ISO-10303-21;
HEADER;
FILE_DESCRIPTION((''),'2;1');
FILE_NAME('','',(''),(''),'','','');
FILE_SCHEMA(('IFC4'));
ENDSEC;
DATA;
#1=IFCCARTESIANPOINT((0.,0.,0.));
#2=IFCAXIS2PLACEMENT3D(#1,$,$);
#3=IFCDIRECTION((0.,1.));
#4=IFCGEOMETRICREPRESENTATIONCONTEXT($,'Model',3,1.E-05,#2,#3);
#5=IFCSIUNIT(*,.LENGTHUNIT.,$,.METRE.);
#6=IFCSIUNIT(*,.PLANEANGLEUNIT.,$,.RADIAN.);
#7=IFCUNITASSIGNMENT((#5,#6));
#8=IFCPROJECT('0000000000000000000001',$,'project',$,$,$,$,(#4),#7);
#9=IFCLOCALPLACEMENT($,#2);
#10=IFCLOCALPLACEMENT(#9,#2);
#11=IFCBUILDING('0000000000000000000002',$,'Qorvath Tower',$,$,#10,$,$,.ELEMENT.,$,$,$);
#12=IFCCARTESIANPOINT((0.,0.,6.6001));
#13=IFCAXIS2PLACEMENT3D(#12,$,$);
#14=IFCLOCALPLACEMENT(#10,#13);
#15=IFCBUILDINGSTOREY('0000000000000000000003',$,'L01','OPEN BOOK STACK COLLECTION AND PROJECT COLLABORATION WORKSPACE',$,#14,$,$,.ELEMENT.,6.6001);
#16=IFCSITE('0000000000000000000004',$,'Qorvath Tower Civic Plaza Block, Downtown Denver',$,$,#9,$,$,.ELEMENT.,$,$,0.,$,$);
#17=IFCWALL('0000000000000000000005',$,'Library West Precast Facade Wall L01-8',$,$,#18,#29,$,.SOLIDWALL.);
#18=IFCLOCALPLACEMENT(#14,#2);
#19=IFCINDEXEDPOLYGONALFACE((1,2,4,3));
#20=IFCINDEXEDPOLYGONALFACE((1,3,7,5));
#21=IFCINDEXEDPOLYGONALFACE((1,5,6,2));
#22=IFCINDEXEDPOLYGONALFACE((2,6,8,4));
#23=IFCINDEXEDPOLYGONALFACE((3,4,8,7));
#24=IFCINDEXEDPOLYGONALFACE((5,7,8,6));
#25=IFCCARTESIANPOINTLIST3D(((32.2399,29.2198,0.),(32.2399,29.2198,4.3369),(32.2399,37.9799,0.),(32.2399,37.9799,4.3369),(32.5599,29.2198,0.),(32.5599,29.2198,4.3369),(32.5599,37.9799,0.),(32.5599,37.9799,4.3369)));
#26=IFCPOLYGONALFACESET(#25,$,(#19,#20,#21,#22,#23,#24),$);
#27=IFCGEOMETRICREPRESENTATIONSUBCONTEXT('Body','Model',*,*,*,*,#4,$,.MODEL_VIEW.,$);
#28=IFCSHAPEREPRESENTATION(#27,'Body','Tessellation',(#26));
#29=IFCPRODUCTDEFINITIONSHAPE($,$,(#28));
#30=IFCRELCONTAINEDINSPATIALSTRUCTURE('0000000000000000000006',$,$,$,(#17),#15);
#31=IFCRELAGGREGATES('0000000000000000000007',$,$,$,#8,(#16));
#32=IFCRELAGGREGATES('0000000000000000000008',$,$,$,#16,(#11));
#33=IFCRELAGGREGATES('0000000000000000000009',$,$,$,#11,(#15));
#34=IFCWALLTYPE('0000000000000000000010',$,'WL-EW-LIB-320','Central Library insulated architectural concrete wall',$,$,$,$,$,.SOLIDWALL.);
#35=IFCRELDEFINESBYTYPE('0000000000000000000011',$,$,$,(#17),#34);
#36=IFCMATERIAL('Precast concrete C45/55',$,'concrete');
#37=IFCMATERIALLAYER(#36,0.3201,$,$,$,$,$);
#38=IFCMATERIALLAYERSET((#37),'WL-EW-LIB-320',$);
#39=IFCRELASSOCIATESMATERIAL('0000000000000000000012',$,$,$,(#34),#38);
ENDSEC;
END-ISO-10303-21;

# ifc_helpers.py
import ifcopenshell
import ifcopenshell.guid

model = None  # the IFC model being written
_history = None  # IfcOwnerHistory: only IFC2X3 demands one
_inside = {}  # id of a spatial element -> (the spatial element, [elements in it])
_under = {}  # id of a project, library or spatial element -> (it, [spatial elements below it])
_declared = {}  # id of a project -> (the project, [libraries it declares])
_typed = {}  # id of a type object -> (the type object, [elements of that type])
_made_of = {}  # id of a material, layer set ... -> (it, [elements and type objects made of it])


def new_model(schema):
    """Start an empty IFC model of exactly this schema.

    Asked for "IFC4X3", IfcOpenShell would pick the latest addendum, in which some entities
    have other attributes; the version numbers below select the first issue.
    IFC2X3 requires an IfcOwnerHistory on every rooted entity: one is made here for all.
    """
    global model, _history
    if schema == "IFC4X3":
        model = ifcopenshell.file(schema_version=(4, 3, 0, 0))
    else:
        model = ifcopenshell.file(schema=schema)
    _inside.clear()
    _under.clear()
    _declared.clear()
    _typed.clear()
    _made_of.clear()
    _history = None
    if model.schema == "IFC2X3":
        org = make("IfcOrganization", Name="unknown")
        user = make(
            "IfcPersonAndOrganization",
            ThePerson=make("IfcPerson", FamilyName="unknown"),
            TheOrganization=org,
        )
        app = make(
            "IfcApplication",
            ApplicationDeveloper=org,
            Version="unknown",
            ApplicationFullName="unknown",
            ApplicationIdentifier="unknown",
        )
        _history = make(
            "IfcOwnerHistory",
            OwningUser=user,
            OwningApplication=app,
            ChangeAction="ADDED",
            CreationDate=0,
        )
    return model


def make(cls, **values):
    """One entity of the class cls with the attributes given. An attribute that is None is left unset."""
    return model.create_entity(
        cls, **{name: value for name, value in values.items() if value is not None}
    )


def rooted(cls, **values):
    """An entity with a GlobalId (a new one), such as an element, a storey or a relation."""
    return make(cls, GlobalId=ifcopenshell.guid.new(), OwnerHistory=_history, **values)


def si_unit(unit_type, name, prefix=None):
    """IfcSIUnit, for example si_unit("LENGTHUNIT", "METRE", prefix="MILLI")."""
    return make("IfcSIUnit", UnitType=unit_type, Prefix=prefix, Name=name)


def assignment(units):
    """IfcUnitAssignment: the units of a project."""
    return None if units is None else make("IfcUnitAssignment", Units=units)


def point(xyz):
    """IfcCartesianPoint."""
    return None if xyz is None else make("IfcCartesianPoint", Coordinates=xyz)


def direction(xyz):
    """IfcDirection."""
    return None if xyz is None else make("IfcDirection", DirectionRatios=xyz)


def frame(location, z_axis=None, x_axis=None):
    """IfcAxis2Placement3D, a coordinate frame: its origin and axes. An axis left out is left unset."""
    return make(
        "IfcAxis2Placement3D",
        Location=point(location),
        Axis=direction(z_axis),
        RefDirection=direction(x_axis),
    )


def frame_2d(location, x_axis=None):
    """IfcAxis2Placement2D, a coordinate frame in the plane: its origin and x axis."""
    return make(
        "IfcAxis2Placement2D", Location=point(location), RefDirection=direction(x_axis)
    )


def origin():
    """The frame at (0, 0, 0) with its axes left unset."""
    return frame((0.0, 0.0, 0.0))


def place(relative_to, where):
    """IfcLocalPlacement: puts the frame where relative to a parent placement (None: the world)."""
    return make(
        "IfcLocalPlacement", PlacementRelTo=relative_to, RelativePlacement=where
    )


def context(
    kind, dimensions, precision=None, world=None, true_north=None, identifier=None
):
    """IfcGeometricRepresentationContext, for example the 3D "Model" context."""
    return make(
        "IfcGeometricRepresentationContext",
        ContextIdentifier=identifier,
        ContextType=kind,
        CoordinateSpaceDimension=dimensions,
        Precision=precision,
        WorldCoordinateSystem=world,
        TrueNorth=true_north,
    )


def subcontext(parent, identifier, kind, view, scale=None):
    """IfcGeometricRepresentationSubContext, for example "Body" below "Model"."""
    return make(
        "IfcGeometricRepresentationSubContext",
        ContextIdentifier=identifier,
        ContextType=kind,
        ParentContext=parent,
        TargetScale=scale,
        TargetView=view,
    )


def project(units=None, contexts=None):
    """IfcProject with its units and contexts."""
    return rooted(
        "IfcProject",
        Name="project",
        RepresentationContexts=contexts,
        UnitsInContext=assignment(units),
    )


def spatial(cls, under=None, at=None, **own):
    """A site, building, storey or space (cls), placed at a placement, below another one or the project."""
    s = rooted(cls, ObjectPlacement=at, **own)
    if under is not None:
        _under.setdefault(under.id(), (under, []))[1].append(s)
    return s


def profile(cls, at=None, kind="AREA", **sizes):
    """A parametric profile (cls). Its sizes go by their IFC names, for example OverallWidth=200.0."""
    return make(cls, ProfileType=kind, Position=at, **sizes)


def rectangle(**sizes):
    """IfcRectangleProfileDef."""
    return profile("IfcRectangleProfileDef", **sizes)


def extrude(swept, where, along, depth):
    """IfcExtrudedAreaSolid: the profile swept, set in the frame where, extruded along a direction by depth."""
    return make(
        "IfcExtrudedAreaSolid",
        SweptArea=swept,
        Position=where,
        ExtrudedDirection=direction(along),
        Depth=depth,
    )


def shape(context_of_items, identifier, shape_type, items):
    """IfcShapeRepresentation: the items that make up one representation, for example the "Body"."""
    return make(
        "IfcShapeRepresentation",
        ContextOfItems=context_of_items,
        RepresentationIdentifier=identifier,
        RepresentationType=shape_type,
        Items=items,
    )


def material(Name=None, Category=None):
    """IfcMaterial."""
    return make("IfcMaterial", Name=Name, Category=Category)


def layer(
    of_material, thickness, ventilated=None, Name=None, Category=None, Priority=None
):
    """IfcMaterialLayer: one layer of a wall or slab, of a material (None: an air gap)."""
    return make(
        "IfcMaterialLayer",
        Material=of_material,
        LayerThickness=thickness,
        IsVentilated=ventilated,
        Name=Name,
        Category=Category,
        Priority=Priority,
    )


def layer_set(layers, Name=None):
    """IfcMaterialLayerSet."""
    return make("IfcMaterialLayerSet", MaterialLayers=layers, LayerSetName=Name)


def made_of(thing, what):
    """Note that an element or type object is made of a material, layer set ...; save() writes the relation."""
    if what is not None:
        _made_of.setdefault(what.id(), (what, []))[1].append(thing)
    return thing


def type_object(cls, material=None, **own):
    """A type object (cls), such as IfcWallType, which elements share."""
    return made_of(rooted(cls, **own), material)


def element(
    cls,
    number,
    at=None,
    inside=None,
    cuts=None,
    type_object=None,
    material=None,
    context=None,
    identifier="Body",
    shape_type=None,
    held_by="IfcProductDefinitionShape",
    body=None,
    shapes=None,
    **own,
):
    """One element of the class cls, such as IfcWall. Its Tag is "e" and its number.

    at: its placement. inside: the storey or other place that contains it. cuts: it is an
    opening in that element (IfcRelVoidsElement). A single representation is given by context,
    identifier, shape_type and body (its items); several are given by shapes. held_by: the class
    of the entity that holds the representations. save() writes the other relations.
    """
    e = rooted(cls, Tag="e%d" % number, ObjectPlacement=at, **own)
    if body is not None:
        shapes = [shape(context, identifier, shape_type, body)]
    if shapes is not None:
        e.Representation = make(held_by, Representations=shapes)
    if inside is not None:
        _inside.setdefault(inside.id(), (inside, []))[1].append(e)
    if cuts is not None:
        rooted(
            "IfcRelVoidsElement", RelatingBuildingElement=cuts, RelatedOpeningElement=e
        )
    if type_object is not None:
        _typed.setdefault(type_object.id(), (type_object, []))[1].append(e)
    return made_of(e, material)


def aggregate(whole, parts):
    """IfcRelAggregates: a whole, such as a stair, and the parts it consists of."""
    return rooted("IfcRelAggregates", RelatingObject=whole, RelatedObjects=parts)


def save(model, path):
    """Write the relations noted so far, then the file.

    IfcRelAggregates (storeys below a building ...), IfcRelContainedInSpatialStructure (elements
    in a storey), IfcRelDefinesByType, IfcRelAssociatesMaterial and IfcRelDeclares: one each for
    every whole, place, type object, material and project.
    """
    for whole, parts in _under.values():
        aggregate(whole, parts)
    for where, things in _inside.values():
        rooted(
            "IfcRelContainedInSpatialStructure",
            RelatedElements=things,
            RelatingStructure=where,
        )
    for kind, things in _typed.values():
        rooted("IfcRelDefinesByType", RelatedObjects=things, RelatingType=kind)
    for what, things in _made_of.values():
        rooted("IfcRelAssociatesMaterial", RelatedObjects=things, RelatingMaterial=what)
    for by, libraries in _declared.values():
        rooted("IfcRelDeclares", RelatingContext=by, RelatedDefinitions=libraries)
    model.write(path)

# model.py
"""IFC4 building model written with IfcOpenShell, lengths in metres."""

from ifc_helpers import new_model, si_unit, direction, frame, frame_2d, origin, place, context, subcontext, project, spatial, rectangle, extrude, material, layer, layer_set, type_object, element, save


model = new_model("IFC4")

# Units and contexts
model_context = context("Model", 3, precision=1e-05, world=origin(), true_north=direction((0.0, 1.0)))
body_context = subcontext(model_context, "Body", "Model", "MODEL_VIEW")
ifc_project = project(units=[si_unit("LENGTHUNIT", "METRE"), si_unit("PLANEANGLEUNIT", "RADIAN")], contexts=[model_context])

# Site, building, storey
site_placement = place(None, origin())
site = spatial("IfcSite", under=ifc_project, at=site_placement, Name="Qorvath Tower Civic Plaza Block, Downtown Denver", CompositionType="ELEMENT", RefElevation=0.0)
building_placement = place(site_placement, origin())
building = spatial("IfcBuilding", under=site, at=building_placement, Name="Qorvath Tower", CompositionType="ELEMENT")
storey_placement = place(building_placement, frame((0.0, 0.0, 6.6001)))
storey = spatial("IfcBuildingStorey", under=building, at=storey_placement, Name="L01", Description="OPEN BOOK STACK COLLECTION AND PROJECT COLLABORATION WORKSPACE", CompositionType="ELEMENT", Elevation=6.6001)

# Wall
ifc_material_1 = material(Name="Precast concrete C45/55", Category="concrete")
ifc_layer_1 = layer(ifc_material_1, 0.3201)
ifc_layer_set_1 = layer_set([ifc_layer_1], Name="WL-EW-LIB-320")
wall_type_1 = type_object("IfcWallType", Name="WL-EW-LIB-320", Description="Central Library insulated architectural concrete wall", PredefinedType="SOLIDWALL", material=ifc_layer_set_1)
wall_1_placement = place(storey_placement, frame((32.3999, 29.22, 0.0), z_axis=(0.0, 0.0, 1.0), x_axis=(0.0, 1.0, 0.0)))
element("IfcWall", 1, at=wall_1_placement, inside=storey, type_object=wall_type_1, Name="Library West Precast Facade Wall L01-8", PredefinedType="SOLIDWALL", context=body_context, shape_type="SweptSolid", body=[
    extrude(rectangle(XDim=8.76, YDim=0.3201, at=frame_2d((4.3799, 0.0))), origin(), (0.0, 0.0, 1.0), 4.3369),
])

save(model, "model.ifc")
